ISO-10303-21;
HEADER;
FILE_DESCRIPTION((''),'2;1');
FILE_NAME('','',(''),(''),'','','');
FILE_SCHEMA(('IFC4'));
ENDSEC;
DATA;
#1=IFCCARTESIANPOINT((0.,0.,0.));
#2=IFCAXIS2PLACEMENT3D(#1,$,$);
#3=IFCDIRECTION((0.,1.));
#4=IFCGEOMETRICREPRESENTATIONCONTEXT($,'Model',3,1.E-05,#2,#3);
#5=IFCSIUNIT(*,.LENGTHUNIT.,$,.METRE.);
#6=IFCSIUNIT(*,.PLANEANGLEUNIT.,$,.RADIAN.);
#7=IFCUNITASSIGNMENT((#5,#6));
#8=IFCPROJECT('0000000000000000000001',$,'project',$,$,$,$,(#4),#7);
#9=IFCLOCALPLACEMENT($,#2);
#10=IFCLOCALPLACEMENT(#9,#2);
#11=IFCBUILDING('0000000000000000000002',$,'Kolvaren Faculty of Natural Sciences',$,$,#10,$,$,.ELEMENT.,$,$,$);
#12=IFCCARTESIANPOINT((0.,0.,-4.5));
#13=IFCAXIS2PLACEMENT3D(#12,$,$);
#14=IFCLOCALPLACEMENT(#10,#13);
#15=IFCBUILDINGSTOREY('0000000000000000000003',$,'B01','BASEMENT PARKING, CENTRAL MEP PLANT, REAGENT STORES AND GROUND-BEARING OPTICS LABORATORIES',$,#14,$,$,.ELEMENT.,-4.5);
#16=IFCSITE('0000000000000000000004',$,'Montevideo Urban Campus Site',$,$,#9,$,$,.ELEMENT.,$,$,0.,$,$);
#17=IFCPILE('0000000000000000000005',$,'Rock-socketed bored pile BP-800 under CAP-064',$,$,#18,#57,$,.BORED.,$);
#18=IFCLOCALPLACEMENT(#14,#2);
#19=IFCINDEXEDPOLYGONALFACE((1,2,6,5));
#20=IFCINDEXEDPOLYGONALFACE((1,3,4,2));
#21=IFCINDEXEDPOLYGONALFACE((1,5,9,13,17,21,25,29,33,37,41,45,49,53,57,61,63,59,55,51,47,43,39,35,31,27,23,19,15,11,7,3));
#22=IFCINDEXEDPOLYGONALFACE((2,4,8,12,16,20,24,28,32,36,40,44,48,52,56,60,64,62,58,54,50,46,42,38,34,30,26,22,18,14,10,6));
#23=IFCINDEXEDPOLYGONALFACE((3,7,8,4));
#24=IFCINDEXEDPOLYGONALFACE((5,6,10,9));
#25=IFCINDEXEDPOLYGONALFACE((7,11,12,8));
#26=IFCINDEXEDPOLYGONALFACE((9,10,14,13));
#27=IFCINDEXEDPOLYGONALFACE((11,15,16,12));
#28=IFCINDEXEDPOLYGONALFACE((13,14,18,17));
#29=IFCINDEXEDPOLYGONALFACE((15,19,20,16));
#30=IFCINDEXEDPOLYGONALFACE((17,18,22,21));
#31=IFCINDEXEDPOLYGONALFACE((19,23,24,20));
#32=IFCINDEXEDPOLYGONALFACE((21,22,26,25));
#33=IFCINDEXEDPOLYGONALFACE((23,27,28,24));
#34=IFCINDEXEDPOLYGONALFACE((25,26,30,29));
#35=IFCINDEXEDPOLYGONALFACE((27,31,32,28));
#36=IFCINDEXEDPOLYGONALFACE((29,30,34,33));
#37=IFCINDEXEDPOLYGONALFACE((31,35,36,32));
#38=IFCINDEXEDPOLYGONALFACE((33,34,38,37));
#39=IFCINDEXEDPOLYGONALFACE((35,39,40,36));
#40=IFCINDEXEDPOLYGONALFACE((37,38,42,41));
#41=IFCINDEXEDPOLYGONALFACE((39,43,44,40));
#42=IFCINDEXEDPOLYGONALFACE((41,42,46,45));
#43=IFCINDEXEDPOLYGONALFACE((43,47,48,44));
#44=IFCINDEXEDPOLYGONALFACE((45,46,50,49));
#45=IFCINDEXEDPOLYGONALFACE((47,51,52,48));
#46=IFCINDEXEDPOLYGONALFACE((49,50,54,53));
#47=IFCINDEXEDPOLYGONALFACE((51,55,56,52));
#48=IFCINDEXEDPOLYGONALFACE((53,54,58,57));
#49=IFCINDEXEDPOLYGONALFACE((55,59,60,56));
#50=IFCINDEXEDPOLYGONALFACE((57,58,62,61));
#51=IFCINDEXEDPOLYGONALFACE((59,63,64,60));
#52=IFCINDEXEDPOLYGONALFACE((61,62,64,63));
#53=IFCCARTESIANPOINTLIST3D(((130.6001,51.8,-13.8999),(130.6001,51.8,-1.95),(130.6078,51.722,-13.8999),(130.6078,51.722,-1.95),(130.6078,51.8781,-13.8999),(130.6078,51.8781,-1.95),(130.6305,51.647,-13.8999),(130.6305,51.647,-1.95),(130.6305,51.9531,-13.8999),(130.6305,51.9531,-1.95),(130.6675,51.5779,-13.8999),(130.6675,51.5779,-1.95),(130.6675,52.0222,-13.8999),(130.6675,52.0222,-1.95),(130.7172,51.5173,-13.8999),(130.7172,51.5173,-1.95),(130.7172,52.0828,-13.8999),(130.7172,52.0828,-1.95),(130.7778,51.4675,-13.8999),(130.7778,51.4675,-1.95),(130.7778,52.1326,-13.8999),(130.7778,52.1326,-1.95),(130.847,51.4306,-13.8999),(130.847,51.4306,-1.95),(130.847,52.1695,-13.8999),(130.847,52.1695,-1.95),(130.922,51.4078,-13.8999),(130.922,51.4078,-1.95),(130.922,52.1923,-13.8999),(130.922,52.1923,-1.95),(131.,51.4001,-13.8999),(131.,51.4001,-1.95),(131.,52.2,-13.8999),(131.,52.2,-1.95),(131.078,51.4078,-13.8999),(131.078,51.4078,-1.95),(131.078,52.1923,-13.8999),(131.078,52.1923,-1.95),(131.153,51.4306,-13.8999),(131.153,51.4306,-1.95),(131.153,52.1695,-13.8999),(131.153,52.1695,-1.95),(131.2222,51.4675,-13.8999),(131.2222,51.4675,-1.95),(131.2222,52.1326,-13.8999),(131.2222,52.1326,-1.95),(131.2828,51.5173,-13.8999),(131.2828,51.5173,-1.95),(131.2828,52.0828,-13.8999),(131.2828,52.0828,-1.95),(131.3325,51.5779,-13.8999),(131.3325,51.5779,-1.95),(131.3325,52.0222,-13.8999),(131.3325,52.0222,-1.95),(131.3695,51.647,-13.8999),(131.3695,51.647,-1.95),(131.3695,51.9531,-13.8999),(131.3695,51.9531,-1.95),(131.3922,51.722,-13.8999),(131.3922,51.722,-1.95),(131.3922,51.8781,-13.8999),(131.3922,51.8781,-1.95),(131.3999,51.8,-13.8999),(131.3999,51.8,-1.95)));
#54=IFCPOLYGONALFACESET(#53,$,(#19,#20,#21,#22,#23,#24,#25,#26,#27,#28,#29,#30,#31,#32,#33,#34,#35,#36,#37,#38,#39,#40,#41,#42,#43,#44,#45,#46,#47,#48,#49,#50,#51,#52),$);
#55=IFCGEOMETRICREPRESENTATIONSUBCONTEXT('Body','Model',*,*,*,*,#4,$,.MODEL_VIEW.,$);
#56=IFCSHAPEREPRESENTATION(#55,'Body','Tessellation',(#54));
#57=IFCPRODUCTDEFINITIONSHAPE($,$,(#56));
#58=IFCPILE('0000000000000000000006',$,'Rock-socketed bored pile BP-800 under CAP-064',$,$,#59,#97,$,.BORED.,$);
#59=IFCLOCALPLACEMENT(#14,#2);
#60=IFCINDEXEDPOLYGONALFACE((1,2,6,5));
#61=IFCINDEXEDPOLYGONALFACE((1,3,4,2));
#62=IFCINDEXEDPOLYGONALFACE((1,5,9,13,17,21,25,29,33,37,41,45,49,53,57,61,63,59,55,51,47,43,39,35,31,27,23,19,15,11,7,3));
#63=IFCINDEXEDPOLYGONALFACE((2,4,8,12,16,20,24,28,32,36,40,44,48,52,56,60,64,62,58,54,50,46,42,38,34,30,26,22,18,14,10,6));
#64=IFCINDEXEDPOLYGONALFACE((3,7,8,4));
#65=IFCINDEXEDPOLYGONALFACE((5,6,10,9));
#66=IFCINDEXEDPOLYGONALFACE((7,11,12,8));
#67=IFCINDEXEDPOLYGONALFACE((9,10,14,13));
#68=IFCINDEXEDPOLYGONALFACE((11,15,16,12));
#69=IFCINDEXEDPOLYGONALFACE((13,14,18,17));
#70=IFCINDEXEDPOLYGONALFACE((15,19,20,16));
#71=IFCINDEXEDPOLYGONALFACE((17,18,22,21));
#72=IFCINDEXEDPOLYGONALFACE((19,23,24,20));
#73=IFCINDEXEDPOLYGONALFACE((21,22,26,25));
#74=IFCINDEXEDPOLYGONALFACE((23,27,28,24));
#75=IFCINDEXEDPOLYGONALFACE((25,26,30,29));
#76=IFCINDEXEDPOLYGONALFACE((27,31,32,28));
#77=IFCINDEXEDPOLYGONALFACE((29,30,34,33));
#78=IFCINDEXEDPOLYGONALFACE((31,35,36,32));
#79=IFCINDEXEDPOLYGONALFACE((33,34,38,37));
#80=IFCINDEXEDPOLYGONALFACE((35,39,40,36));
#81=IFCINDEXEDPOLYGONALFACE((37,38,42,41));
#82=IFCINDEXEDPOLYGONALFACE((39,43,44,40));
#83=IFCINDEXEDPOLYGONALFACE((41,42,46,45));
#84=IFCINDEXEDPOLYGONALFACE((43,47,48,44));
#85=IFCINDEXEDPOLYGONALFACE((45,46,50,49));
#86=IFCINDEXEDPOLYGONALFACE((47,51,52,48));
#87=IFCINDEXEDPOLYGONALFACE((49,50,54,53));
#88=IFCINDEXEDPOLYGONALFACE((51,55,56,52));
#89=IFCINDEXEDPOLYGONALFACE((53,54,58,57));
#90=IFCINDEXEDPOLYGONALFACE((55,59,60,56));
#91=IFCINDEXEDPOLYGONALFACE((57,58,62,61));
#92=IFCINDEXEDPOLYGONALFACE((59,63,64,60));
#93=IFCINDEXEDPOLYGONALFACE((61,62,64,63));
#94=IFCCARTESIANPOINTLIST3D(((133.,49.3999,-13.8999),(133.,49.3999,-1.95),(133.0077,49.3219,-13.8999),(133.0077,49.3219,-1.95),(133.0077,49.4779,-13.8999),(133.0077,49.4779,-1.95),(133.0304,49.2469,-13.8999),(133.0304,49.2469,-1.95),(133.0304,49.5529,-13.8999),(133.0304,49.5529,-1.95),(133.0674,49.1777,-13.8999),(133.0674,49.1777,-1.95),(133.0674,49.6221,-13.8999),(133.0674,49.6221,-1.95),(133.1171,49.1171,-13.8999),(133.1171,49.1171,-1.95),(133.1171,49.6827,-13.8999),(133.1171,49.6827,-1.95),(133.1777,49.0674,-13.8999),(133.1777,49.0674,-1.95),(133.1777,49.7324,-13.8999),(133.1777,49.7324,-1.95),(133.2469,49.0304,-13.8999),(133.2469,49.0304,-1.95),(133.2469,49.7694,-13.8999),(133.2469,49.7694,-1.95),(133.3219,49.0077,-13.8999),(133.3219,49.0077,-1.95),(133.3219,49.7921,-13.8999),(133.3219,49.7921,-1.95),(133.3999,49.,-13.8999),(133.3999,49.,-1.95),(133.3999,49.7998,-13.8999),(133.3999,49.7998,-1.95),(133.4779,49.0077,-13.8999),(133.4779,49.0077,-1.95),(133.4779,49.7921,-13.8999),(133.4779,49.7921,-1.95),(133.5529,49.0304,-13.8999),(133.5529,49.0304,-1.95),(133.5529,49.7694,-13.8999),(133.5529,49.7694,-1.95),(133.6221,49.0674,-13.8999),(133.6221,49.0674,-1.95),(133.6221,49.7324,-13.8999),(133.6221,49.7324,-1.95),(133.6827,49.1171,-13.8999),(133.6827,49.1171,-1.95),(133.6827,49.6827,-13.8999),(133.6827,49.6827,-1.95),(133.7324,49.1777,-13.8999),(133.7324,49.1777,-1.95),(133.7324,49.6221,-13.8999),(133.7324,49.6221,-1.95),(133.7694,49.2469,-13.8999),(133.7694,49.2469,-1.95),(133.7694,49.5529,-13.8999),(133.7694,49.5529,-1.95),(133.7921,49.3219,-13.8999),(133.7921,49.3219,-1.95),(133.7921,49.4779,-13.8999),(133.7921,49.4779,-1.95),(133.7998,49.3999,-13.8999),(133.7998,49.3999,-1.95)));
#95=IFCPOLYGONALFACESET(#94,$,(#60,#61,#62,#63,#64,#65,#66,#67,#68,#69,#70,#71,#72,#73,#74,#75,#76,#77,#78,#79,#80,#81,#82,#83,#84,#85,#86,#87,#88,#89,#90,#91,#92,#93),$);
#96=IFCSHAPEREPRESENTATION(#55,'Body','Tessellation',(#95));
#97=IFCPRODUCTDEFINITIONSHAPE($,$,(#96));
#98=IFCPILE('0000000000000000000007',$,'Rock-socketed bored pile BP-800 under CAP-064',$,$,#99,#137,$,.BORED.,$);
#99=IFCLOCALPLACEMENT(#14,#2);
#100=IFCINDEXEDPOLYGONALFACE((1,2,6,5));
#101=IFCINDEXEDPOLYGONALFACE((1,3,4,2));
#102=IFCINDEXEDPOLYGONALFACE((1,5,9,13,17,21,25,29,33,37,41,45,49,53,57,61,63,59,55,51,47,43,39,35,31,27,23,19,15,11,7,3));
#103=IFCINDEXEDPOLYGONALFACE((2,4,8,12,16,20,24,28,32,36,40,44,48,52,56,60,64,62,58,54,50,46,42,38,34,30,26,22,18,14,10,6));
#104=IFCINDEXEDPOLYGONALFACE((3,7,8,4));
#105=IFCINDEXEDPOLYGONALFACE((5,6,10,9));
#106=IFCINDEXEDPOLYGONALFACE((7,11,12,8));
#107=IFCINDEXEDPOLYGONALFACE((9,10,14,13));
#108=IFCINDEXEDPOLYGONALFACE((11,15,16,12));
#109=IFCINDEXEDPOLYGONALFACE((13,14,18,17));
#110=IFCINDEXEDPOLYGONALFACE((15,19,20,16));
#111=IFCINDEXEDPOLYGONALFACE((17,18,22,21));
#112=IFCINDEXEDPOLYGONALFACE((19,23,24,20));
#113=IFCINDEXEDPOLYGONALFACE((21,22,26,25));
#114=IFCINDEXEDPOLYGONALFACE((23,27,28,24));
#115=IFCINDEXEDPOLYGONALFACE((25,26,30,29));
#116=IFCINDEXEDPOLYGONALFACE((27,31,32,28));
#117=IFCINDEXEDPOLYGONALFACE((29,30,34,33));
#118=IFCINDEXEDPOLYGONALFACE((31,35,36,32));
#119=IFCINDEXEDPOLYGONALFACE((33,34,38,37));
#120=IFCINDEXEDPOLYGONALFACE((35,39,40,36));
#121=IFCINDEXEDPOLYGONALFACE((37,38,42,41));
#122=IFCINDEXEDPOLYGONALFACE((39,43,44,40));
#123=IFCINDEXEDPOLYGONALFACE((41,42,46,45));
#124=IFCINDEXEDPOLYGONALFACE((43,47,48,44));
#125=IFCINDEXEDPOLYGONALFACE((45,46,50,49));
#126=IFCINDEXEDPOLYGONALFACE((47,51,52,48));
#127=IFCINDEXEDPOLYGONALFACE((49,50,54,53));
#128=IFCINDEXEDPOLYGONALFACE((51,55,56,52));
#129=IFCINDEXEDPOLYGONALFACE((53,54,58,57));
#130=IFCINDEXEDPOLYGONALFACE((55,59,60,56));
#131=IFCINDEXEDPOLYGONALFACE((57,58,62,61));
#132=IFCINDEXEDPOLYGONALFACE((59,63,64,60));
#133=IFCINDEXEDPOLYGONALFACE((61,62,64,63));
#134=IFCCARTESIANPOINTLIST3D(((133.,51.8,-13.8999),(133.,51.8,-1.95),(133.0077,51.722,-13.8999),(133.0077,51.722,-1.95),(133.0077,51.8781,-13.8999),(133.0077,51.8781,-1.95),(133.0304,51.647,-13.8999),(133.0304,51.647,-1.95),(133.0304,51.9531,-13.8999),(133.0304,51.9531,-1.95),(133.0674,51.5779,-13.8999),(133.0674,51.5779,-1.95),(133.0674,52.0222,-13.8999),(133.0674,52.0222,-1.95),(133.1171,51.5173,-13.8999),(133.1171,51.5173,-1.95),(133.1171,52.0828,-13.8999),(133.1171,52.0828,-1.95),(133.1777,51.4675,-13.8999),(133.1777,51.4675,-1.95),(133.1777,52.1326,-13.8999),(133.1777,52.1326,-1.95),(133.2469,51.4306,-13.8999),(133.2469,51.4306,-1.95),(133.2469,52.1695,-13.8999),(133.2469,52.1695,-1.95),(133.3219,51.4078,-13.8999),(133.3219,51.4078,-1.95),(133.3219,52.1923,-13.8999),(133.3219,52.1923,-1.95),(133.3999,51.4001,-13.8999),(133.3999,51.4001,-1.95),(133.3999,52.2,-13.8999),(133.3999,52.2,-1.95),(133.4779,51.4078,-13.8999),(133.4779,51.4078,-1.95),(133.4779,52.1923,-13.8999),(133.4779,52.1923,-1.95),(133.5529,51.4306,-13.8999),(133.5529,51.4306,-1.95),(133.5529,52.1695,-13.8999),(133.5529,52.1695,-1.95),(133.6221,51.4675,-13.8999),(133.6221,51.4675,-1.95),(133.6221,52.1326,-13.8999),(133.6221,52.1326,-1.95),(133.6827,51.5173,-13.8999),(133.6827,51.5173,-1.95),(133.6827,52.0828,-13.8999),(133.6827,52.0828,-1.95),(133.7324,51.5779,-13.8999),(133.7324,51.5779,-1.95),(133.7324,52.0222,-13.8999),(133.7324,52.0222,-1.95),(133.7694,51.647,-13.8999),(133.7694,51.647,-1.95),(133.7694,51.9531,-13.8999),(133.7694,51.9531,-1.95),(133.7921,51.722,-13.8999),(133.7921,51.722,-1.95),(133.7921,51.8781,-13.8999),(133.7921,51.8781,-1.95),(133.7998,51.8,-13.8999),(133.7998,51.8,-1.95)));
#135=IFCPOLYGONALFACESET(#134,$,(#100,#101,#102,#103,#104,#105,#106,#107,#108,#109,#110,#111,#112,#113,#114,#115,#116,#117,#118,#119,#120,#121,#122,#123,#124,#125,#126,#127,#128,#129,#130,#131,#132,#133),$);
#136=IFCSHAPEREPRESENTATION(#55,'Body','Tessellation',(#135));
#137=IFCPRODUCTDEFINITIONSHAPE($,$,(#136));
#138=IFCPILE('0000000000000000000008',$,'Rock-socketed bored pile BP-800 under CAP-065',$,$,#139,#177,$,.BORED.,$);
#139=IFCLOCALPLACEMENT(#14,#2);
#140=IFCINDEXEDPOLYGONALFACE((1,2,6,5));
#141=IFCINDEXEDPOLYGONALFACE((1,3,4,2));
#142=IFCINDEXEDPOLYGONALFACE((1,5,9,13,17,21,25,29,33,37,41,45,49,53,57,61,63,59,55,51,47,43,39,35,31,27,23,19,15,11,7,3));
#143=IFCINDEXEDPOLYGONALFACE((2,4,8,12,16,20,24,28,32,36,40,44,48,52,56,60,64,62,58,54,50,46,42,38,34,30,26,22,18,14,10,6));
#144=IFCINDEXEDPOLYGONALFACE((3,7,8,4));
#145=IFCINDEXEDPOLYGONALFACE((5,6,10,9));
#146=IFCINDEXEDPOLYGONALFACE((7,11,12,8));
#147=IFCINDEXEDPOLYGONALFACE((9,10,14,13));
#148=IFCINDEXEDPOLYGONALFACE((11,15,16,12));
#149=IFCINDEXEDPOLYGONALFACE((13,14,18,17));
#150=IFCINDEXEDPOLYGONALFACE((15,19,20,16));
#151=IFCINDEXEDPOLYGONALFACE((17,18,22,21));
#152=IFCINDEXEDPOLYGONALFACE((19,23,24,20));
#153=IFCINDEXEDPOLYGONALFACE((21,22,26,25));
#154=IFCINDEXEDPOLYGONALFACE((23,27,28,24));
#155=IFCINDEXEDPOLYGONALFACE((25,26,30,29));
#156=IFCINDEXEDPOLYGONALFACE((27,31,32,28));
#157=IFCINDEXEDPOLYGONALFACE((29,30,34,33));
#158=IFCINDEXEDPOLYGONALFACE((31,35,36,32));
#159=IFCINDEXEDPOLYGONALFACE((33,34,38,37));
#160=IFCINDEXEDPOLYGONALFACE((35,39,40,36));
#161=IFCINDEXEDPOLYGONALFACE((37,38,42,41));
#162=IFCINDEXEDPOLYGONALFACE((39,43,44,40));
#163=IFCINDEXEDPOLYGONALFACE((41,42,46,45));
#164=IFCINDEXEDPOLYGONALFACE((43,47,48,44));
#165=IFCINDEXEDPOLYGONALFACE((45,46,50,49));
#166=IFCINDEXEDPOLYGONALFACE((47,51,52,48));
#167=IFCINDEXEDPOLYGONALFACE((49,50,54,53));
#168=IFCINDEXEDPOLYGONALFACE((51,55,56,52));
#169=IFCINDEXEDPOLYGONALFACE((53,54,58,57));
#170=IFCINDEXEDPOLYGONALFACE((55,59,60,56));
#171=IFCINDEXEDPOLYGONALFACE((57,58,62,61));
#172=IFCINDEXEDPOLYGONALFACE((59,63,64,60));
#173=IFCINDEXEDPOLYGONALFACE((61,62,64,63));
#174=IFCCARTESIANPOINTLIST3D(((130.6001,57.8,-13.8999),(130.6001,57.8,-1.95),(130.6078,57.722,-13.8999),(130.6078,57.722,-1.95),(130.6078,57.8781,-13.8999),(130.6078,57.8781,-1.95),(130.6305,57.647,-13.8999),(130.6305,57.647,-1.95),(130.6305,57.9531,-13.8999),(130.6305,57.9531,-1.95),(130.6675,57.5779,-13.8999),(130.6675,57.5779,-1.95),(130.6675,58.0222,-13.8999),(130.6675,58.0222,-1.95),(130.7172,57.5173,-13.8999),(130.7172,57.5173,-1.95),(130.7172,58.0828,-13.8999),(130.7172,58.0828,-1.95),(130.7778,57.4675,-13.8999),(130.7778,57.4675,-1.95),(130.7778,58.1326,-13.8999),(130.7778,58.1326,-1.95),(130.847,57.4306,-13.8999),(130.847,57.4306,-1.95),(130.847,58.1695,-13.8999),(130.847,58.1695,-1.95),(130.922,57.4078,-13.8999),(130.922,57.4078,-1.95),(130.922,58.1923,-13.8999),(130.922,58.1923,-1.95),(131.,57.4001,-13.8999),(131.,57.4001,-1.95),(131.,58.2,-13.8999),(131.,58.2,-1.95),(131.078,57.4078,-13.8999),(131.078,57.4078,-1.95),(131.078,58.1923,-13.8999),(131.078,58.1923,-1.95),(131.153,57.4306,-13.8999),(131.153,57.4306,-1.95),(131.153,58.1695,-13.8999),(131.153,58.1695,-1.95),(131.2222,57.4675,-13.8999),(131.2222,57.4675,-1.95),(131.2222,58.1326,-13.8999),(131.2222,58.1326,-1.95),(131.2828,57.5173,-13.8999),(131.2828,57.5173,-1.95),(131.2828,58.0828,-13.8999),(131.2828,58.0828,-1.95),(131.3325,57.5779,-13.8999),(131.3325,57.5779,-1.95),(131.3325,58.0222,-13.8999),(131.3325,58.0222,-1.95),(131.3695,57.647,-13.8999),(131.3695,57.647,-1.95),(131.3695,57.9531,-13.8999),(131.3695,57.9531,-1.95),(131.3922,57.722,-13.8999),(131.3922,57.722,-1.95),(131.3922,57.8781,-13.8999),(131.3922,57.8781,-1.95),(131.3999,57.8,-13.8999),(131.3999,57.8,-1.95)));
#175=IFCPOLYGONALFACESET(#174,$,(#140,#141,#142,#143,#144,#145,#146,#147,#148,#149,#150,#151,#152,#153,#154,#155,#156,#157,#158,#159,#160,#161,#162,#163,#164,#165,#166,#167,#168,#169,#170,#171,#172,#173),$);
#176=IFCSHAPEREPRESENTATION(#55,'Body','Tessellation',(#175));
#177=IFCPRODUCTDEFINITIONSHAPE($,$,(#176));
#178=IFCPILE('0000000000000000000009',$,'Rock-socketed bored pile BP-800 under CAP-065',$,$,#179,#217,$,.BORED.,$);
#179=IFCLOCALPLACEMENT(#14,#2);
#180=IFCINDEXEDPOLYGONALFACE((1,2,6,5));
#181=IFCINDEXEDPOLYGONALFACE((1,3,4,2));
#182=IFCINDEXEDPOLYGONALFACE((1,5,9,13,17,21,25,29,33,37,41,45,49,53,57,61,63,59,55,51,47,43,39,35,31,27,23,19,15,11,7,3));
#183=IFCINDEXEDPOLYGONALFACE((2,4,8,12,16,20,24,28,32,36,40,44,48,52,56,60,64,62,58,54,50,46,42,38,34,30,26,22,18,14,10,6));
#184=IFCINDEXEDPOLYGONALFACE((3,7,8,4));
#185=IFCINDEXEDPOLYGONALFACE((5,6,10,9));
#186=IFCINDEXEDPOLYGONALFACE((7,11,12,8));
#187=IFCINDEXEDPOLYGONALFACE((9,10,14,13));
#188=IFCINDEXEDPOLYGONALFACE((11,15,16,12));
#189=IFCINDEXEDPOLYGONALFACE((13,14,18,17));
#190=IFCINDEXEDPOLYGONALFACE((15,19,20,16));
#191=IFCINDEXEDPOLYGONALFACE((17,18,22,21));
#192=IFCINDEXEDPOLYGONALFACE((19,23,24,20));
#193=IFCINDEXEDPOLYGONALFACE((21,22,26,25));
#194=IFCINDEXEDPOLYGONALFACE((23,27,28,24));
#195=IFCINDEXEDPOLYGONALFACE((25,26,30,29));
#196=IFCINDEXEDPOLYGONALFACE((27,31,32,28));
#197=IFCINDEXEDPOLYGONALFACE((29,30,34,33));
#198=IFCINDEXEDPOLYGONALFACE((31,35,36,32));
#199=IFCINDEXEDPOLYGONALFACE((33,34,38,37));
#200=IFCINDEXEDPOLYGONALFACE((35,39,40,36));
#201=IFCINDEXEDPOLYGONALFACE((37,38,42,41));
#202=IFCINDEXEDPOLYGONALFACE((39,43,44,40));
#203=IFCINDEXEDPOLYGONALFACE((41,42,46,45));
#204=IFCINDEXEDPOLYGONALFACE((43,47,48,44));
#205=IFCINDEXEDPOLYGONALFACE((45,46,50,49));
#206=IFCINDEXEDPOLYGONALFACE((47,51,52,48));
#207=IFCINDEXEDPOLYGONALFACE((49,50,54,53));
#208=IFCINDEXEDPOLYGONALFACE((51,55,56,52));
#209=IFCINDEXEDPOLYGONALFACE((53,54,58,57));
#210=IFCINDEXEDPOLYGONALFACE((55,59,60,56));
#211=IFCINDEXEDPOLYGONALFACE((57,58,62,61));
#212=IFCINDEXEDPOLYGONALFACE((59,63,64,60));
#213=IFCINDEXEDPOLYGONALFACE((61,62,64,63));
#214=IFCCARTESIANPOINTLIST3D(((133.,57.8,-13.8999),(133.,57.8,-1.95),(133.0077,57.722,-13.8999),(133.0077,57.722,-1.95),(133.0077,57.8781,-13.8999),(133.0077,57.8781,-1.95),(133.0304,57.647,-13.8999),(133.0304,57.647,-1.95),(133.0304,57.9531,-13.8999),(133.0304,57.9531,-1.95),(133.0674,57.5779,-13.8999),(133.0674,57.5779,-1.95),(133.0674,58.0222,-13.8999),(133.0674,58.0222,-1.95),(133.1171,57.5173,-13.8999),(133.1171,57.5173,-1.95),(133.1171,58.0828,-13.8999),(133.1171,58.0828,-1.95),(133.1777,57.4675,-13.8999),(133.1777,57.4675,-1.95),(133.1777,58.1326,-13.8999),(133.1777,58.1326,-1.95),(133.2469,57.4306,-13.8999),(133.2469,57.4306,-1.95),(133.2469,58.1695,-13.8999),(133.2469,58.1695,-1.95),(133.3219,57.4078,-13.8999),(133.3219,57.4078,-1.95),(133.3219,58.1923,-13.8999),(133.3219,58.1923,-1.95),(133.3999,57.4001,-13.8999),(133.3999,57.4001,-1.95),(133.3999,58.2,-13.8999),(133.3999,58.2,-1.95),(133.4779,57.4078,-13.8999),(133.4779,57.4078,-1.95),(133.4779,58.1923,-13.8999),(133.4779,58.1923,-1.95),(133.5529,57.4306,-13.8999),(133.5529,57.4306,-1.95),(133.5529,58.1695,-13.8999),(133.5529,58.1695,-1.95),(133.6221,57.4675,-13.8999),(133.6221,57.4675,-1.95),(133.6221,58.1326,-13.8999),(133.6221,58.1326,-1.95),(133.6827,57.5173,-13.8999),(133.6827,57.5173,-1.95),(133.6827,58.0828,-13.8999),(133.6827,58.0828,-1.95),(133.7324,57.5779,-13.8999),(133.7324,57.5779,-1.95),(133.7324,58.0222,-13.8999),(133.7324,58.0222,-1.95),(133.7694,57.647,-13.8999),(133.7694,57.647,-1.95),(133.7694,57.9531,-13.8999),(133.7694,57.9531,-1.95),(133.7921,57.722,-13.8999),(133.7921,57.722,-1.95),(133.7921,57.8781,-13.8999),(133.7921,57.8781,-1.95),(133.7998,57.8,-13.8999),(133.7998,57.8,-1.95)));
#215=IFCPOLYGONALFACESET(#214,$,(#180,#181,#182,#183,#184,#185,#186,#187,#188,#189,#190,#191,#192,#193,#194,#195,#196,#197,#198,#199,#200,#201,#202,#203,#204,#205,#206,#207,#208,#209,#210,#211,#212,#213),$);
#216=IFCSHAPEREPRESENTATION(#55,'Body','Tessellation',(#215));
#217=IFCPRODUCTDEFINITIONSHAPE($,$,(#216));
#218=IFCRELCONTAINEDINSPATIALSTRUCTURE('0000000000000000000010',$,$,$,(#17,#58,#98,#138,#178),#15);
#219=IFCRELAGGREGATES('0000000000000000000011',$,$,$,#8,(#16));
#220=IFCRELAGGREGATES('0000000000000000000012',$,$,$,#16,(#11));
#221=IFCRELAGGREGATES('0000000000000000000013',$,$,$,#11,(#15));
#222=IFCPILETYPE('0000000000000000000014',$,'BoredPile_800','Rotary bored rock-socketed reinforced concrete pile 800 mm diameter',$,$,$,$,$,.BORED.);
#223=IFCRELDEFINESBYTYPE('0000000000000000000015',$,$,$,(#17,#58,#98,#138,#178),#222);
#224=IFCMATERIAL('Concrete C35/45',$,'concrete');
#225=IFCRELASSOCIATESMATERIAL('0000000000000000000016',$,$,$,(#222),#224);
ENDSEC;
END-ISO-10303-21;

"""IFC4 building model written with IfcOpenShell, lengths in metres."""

from ifc_helpers import new_model, si_unit, direction, frame, origin, origin_2d, place, context, subcontext, project, spatial, circle, extrude, material, material_profile, profile_set, type_object, element, save


model = new_model("IFC4")

# Units and contexts
model_context = context("Model", 3, precision=1e-05, world=origin(), true_north=direction((0.0, 1.0)))
body_context = subcontext(model_context, "Body", "Model", "MODEL_VIEW")
ifc_project = project(units=[si_unit("LENGTHUNIT", "METRE"), si_unit("PLANEANGLEUNIT", "RADIAN")], contexts=[model_context])

# Site, building, storey
site_placement = place(None, origin())
site = spatial("IfcSite", under=ifc_project, at=site_placement, Name="Montevideo Urban Campus Site", CompositionType="ELEMENT", RefElevation=0.0)
building_placement = place(site_placement, origin())
building = spatial("IfcBuilding", under=site, at=building_placement, Name="Kolvaren Faculty of Natural Sciences", CompositionType="ELEMENT")
storey_placement = place(building_placement, frame((0.0, 0.0, -4.5)))
storey = spatial("IfcBuildingStorey", under=building, at=storey_placement, Name="B01", Description="BASEMENT PARKING, CENTRAL MEP PLANT, REAGENT STORES AND GROUND-BEARING OPTICS LABORATORIES", CompositionType="ELEMENT", Elevation=-4.5)

# Piles
ifc_material_1 = material(Name="Concrete C35/45", Category="concrete")
ifc_material_profile_1 = material_profile(ifc_material_1, circle(Radius=0.3999, at=origin_2d()), Name="PILE D800")
ifc_profile_set_1 = profile_set([ifc_material_profile_1], Name="Concrete C35/45")
pile_type_1 = type_object("IfcPileType", Name="BoredPile_800", Description="Rotary bored rock-socketed reinforced concrete pile 800 mm diameter", PredefinedType="BORED", material=ifc_profile_set_1)
for number, where, z_axis, x_axis, name in (
    (1, (131.0, 51.8, -1.95), (0.0, 0.0, -1.0), (1.0, 0.0, 0.0), "Rock-socketed bored pile BP-800 under CAP-064"),
    (2, (133.3999, 49.3999, -1.95), (0.0, 0.0, -1.0), (1.0, 0.0, 0.0), "Rock-socketed bored pile BP-800 under CAP-064"),
    (3, (133.3999, 51.8, -1.95), (0.0, 0.0, -1.0), (1.0, 0.0, 0.0), "Rock-socketed bored pile BP-800 under CAP-064"),
    (4, (131.0, 57.8, -1.95), (0.0, 0.0, -1.0), (1.0, 0.0, 0.0), "Rock-socketed bored pile BP-800 under CAP-065"),
    (5, (133.3999, 57.8, -1.95), (0.0, 0.0, -1.0), (1.0, 0.0, 0.0), "Rock-socketed bored pile BP-800 under CAP-065"),
):
    element("IfcPile", number, at=place(storey_placement, frame(where, z_axis=z_axis, x_axis=x_axis)), inside=storey, type_object=pile_type_1, Name=name, PredefinedType="BORED", context=body_context, shape_type="SweptSolid", body=[
        extrude(circle(Radius=0.3999, at=origin_2d()), origin(), (0.0, 0.0, 1.0), 11.95),
    ])

save(model, "model.ifc")
